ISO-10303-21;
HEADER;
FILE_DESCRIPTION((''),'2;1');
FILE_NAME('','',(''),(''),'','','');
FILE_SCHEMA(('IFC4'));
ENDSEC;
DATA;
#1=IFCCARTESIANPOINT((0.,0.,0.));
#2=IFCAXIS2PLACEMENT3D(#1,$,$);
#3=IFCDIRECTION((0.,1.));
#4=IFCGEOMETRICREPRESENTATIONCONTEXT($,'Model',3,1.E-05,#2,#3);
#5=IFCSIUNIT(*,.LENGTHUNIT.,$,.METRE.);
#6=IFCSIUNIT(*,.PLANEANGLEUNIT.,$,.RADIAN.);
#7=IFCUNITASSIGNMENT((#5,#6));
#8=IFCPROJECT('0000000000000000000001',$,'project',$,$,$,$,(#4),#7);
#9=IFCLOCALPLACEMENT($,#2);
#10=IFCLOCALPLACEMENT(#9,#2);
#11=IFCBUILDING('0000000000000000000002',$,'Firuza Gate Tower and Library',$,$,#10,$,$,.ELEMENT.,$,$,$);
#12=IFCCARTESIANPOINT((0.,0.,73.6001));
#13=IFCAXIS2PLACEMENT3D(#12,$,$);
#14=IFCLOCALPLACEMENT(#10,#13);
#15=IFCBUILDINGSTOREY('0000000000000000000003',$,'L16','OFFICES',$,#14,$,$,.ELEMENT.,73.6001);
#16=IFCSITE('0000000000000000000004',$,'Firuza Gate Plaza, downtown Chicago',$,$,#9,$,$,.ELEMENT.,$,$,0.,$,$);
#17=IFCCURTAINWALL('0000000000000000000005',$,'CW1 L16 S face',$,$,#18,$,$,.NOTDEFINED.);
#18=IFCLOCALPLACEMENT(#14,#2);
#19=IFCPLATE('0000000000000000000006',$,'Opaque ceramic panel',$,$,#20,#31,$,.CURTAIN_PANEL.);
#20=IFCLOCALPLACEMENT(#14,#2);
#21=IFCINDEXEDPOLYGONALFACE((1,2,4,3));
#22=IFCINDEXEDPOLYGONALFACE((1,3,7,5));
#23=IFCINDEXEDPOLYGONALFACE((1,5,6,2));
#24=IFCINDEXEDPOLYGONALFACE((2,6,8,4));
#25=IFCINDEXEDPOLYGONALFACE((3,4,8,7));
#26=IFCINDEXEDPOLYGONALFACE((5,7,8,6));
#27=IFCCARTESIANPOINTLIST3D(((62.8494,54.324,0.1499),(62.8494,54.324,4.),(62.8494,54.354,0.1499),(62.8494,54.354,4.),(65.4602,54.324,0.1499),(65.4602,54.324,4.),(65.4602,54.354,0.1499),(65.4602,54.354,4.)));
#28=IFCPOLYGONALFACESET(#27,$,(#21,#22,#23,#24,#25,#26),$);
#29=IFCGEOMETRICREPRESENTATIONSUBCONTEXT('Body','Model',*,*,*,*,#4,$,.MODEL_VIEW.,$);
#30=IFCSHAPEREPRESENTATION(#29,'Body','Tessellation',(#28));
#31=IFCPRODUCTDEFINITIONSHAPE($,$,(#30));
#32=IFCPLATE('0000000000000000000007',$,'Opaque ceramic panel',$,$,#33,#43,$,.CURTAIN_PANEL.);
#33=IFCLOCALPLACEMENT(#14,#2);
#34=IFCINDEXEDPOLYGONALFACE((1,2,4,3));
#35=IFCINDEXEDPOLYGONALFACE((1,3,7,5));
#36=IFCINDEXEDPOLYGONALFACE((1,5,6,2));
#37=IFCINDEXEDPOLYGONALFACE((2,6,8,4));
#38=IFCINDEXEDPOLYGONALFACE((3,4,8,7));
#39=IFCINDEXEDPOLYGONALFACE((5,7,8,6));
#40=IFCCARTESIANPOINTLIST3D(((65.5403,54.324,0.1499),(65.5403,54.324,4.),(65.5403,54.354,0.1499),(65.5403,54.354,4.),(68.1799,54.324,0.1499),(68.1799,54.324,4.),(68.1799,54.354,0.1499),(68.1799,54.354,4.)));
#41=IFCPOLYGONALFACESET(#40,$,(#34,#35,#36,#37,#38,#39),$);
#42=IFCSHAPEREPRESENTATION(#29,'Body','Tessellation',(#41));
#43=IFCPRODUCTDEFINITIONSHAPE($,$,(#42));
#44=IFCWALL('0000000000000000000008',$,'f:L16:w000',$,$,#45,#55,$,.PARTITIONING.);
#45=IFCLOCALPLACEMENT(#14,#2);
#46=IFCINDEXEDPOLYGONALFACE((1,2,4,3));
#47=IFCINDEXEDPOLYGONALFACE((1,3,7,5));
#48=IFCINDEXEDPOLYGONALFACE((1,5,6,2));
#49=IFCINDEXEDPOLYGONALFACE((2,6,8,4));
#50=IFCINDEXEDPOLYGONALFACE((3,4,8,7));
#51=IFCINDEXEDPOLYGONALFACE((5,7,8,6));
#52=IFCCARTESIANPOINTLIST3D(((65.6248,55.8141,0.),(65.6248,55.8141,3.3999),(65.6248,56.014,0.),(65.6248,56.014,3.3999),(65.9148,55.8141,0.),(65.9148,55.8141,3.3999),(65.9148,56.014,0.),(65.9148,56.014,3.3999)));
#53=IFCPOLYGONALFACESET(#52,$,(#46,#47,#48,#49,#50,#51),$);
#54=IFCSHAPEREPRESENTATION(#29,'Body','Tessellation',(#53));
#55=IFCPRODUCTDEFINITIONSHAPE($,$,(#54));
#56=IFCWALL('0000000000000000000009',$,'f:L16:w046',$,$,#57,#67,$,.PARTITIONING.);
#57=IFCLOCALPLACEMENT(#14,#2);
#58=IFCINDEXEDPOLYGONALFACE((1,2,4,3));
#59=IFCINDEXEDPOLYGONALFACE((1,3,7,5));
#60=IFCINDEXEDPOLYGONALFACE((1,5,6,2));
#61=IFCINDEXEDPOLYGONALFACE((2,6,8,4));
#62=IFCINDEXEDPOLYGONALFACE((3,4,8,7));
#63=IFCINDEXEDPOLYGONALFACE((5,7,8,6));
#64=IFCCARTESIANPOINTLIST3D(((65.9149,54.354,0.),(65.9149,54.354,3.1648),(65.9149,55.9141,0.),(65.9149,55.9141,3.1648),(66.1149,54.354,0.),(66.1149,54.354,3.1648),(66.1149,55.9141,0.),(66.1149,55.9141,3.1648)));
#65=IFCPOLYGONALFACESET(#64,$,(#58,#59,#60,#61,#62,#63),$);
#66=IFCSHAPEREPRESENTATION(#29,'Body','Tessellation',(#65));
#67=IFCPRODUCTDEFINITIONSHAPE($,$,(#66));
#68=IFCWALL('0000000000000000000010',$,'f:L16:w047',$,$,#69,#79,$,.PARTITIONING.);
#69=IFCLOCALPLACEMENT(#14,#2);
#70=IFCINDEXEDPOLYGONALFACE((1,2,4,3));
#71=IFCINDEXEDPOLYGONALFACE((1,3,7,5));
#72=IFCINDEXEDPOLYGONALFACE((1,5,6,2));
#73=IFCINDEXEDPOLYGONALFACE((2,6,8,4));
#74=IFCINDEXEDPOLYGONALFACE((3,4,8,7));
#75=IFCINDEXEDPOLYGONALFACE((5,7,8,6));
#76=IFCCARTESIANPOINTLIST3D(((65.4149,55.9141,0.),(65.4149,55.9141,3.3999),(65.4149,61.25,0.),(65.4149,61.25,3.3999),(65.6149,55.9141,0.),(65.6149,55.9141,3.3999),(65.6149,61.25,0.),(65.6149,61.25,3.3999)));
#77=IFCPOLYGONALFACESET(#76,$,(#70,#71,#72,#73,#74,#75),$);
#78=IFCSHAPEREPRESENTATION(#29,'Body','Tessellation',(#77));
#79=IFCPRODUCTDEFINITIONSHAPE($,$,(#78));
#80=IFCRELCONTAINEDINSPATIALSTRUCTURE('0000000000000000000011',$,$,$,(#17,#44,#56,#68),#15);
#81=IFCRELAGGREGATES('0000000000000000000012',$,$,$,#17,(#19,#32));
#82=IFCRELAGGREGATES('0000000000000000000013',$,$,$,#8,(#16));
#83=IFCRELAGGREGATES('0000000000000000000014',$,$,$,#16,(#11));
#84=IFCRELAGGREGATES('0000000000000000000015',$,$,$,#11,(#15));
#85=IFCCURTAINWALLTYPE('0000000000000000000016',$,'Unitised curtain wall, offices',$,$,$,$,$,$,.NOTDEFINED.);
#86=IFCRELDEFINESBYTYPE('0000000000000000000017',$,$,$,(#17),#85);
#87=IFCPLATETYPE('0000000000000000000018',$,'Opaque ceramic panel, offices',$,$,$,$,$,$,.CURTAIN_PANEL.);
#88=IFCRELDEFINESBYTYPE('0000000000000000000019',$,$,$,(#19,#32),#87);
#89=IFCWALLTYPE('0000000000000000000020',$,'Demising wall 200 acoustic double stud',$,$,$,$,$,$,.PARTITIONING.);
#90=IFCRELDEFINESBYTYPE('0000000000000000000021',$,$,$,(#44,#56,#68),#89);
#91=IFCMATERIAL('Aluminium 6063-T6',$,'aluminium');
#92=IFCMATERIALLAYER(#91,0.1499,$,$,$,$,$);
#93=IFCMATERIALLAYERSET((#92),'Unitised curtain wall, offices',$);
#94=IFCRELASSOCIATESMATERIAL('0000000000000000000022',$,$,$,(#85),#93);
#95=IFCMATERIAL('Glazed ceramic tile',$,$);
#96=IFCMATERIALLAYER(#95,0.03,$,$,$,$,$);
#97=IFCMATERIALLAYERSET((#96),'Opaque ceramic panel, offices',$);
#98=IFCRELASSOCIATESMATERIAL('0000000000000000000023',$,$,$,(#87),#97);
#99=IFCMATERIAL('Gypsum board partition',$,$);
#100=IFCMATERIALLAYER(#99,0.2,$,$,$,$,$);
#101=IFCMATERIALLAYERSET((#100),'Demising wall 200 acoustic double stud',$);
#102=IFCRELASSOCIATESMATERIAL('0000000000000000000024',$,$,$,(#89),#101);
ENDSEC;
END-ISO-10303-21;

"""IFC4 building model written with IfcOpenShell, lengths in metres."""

from ifc_helpers import new_model, si_unit, direction, frame, frame_2d, origin, place, context, subcontext, project, spatial, polyline, rectangle, outline, extrude, material, layer, layer_set, type_object, element, aggregate, save


model = new_model("IFC4")

# Units and contexts
model_context = context("Model", 3, precision=1e-05, world=origin(), true_north=direction((0.0, 1.0)))
body_context = subcontext(model_context, "Body", "Model", "MODEL_VIEW")
ifc_project = project(units=[si_unit("LENGTHUNIT", "METRE"), si_unit("PLANEANGLEUNIT", "RADIAN")], contexts=[model_context])

# Site, building, storey
site_placement = place(None, origin())
site = spatial("IfcSite", under=ifc_project, at=site_placement, Name="Firuza Gate Plaza, downtown Chicago", CompositionType="ELEMENT", RefElevation=0.0)
building_placement = place(site_placement, origin())
building = spatial("IfcBuilding", under=site, at=building_placement, Name="Firuza Gate Tower and Library", CompositionType="ELEMENT")
storey_placement = place(building_placement, frame((0.0, 0.0, 73.6001)))
storey = spatial("IfcBuildingStorey", under=building, at=storey_placement, Name="L16", Description="OFFICES", CompositionType="ELEMENT", Elevation=73.6001)

# Curtain wall
ifc_material_1 = material(Name="Aluminium 6063-T6", Category="aluminium")
ifc_layer_1 = layer(ifc_material_1, 0.1499)
ifc_layer_set_1 = layer_set([ifc_layer_1], Name="Unitised curtain wall, offices")
curtain_wall_type = type_object("IfcCurtainWallType", Name="Unitised curtain wall, offices", PredefinedType="NOTDEFINED", material=ifc_layer_set_1)
curtain_wall_placement = place(storey_placement, origin())
curtain_wall = element("IfcCurtainWall", 1, at=curtain_wall_placement, inside=storey, type_object=curtain_wall_type, Name="CW1 L16 S face", PredefinedType="NOTDEFINED")

# Plates
ifc_material_2 = material(Name="Glazed ceramic tile")
ifc_layer_2 = layer(ifc_material_2, 0.03)
ifc_layer_set_2 = layer_set([ifc_layer_2], Name="Opaque ceramic panel, offices")
plate_type_1 = type_object("IfcPlateType", Name="Opaque ceramic panel, offices", PredefinedType="CURTAIN_PANEL", material=ifc_layer_set_2)
plate_1_placement = place(storey_placement, frame((62.8494, 54.324, 0.1499), z_axis=(0.0, -1.0, 0.0), x_axis=(1.0, 0.0, 0.0)))
plate_1 = element("IfcPlate", 2, at=plate_1_placement, type_object=plate_type_1, Name="Opaque ceramic panel", PredefinedType="CURTAIN_PANEL", context=body_context, shape_type="SweptSolid", body=[
    extrude(outline(polyline([(0.0, 0.0), (2.6108, 0.0), (2.6108, 3.8501), (0.0, 3.8501), (0.0, 0.0)])), origin(), (0.0, 0.0, -1.0), 0.03),
])
plate_2_placement = place(storey_placement, frame((65.5403, 54.324, 0.1499), z_axis=(0.0, -1.0, 0.0), x_axis=(1.0, 0.0, 0.0)))
plate_2 = element("IfcPlate", 3, at=plate_2_placement, type_object=plate_type_1, Name="Opaque ceramic panel", PredefinedType="CURTAIN_PANEL", context=body_context, shape_type="SweptSolid", body=[
    extrude(outline(polyline([(0.0, 0.0), (2.6396, 0.0), (2.6396, 3.8501), (0.0, 3.8501), (0.0, 0.0)])), origin(), (0.0, 0.0, -1.0), 0.03),
])
aggregate(curtain_wall, [plate_1, plate_2])

# Walls
ifc_material_3 = material(Name="Gypsum board partition")
ifc_layer_3 = layer(ifc_material_3, 0.2)
ifc_layer_set_3 = layer_set([ifc_layer_3], Name="Demising wall 200 acoustic double stud")
wall_type = type_object("IfcWallType", Name="Demising wall 200 acoustic double stud", PredefinedType="PARTITIONING", material=ifc_layer_set_3)
wall_1_placement = place(storey_placement, frame((65.6248, 55.9141, 0.0), z_axis=(0.0, 0.0, 1.0), x_axis=(1.0, 0.0, 0.0)))
element("IfcWall", 4, at=wall_1_placement, inside=storey, type_object=wall_type, Name="f:L16:w000", PredefinedType="PARTITIONING", context=body_context, shape_type="SweptSolid", body=[
    extrude(rectangle(XDim=0.29, YDim=0.2, at=frame_2d((0.145, 0.0))), origin(), (0.0, 0.0, 1.0), 3.3999),
])
wall_2_placement = place(storey_placement, frame((66.0149, 54.354, 0.0), z_axis=(0.0, 0.0, 1.0), x_axis=(0.0, 1.0, 0.0)))
element("IfcWall", 5, at=wall_2_placement, inside=storey, type_object=wall_type, Name="f:L16:w046", PredefinedType="PARTITIONING", context=body_context, shape_type="SweptSolid", body=[
    extrude(rectangle(XDim=1.5601, YDim=0.2, at=frame_2d((0.78, 0.0))), origin(), (0.0, 0.0, 1.0), 3.1648),
])
wall_3_placement = place(storey_placement, frame((65.5149, 55.9141, 0.0), z_axis=(0.0, 0.0, 1.0), x_axis=(0.0, 1.0, 0.0)))
element("IfcWall", 6, at=wall_3_placement, inside=storey, type_object=wall_type, Name="f:L16:w047", PredefinedType="PARTITIONING", context=body_context, shape_type="SweptSolid", body=[
    extrude(rectangle(XDim=5.3359, YDim=0.2, at=frame_2d((2.668, 0.0))), origin(), (0.0, 0.0, 1.0), 3.3999),
])

save(model, "model.ifc")
